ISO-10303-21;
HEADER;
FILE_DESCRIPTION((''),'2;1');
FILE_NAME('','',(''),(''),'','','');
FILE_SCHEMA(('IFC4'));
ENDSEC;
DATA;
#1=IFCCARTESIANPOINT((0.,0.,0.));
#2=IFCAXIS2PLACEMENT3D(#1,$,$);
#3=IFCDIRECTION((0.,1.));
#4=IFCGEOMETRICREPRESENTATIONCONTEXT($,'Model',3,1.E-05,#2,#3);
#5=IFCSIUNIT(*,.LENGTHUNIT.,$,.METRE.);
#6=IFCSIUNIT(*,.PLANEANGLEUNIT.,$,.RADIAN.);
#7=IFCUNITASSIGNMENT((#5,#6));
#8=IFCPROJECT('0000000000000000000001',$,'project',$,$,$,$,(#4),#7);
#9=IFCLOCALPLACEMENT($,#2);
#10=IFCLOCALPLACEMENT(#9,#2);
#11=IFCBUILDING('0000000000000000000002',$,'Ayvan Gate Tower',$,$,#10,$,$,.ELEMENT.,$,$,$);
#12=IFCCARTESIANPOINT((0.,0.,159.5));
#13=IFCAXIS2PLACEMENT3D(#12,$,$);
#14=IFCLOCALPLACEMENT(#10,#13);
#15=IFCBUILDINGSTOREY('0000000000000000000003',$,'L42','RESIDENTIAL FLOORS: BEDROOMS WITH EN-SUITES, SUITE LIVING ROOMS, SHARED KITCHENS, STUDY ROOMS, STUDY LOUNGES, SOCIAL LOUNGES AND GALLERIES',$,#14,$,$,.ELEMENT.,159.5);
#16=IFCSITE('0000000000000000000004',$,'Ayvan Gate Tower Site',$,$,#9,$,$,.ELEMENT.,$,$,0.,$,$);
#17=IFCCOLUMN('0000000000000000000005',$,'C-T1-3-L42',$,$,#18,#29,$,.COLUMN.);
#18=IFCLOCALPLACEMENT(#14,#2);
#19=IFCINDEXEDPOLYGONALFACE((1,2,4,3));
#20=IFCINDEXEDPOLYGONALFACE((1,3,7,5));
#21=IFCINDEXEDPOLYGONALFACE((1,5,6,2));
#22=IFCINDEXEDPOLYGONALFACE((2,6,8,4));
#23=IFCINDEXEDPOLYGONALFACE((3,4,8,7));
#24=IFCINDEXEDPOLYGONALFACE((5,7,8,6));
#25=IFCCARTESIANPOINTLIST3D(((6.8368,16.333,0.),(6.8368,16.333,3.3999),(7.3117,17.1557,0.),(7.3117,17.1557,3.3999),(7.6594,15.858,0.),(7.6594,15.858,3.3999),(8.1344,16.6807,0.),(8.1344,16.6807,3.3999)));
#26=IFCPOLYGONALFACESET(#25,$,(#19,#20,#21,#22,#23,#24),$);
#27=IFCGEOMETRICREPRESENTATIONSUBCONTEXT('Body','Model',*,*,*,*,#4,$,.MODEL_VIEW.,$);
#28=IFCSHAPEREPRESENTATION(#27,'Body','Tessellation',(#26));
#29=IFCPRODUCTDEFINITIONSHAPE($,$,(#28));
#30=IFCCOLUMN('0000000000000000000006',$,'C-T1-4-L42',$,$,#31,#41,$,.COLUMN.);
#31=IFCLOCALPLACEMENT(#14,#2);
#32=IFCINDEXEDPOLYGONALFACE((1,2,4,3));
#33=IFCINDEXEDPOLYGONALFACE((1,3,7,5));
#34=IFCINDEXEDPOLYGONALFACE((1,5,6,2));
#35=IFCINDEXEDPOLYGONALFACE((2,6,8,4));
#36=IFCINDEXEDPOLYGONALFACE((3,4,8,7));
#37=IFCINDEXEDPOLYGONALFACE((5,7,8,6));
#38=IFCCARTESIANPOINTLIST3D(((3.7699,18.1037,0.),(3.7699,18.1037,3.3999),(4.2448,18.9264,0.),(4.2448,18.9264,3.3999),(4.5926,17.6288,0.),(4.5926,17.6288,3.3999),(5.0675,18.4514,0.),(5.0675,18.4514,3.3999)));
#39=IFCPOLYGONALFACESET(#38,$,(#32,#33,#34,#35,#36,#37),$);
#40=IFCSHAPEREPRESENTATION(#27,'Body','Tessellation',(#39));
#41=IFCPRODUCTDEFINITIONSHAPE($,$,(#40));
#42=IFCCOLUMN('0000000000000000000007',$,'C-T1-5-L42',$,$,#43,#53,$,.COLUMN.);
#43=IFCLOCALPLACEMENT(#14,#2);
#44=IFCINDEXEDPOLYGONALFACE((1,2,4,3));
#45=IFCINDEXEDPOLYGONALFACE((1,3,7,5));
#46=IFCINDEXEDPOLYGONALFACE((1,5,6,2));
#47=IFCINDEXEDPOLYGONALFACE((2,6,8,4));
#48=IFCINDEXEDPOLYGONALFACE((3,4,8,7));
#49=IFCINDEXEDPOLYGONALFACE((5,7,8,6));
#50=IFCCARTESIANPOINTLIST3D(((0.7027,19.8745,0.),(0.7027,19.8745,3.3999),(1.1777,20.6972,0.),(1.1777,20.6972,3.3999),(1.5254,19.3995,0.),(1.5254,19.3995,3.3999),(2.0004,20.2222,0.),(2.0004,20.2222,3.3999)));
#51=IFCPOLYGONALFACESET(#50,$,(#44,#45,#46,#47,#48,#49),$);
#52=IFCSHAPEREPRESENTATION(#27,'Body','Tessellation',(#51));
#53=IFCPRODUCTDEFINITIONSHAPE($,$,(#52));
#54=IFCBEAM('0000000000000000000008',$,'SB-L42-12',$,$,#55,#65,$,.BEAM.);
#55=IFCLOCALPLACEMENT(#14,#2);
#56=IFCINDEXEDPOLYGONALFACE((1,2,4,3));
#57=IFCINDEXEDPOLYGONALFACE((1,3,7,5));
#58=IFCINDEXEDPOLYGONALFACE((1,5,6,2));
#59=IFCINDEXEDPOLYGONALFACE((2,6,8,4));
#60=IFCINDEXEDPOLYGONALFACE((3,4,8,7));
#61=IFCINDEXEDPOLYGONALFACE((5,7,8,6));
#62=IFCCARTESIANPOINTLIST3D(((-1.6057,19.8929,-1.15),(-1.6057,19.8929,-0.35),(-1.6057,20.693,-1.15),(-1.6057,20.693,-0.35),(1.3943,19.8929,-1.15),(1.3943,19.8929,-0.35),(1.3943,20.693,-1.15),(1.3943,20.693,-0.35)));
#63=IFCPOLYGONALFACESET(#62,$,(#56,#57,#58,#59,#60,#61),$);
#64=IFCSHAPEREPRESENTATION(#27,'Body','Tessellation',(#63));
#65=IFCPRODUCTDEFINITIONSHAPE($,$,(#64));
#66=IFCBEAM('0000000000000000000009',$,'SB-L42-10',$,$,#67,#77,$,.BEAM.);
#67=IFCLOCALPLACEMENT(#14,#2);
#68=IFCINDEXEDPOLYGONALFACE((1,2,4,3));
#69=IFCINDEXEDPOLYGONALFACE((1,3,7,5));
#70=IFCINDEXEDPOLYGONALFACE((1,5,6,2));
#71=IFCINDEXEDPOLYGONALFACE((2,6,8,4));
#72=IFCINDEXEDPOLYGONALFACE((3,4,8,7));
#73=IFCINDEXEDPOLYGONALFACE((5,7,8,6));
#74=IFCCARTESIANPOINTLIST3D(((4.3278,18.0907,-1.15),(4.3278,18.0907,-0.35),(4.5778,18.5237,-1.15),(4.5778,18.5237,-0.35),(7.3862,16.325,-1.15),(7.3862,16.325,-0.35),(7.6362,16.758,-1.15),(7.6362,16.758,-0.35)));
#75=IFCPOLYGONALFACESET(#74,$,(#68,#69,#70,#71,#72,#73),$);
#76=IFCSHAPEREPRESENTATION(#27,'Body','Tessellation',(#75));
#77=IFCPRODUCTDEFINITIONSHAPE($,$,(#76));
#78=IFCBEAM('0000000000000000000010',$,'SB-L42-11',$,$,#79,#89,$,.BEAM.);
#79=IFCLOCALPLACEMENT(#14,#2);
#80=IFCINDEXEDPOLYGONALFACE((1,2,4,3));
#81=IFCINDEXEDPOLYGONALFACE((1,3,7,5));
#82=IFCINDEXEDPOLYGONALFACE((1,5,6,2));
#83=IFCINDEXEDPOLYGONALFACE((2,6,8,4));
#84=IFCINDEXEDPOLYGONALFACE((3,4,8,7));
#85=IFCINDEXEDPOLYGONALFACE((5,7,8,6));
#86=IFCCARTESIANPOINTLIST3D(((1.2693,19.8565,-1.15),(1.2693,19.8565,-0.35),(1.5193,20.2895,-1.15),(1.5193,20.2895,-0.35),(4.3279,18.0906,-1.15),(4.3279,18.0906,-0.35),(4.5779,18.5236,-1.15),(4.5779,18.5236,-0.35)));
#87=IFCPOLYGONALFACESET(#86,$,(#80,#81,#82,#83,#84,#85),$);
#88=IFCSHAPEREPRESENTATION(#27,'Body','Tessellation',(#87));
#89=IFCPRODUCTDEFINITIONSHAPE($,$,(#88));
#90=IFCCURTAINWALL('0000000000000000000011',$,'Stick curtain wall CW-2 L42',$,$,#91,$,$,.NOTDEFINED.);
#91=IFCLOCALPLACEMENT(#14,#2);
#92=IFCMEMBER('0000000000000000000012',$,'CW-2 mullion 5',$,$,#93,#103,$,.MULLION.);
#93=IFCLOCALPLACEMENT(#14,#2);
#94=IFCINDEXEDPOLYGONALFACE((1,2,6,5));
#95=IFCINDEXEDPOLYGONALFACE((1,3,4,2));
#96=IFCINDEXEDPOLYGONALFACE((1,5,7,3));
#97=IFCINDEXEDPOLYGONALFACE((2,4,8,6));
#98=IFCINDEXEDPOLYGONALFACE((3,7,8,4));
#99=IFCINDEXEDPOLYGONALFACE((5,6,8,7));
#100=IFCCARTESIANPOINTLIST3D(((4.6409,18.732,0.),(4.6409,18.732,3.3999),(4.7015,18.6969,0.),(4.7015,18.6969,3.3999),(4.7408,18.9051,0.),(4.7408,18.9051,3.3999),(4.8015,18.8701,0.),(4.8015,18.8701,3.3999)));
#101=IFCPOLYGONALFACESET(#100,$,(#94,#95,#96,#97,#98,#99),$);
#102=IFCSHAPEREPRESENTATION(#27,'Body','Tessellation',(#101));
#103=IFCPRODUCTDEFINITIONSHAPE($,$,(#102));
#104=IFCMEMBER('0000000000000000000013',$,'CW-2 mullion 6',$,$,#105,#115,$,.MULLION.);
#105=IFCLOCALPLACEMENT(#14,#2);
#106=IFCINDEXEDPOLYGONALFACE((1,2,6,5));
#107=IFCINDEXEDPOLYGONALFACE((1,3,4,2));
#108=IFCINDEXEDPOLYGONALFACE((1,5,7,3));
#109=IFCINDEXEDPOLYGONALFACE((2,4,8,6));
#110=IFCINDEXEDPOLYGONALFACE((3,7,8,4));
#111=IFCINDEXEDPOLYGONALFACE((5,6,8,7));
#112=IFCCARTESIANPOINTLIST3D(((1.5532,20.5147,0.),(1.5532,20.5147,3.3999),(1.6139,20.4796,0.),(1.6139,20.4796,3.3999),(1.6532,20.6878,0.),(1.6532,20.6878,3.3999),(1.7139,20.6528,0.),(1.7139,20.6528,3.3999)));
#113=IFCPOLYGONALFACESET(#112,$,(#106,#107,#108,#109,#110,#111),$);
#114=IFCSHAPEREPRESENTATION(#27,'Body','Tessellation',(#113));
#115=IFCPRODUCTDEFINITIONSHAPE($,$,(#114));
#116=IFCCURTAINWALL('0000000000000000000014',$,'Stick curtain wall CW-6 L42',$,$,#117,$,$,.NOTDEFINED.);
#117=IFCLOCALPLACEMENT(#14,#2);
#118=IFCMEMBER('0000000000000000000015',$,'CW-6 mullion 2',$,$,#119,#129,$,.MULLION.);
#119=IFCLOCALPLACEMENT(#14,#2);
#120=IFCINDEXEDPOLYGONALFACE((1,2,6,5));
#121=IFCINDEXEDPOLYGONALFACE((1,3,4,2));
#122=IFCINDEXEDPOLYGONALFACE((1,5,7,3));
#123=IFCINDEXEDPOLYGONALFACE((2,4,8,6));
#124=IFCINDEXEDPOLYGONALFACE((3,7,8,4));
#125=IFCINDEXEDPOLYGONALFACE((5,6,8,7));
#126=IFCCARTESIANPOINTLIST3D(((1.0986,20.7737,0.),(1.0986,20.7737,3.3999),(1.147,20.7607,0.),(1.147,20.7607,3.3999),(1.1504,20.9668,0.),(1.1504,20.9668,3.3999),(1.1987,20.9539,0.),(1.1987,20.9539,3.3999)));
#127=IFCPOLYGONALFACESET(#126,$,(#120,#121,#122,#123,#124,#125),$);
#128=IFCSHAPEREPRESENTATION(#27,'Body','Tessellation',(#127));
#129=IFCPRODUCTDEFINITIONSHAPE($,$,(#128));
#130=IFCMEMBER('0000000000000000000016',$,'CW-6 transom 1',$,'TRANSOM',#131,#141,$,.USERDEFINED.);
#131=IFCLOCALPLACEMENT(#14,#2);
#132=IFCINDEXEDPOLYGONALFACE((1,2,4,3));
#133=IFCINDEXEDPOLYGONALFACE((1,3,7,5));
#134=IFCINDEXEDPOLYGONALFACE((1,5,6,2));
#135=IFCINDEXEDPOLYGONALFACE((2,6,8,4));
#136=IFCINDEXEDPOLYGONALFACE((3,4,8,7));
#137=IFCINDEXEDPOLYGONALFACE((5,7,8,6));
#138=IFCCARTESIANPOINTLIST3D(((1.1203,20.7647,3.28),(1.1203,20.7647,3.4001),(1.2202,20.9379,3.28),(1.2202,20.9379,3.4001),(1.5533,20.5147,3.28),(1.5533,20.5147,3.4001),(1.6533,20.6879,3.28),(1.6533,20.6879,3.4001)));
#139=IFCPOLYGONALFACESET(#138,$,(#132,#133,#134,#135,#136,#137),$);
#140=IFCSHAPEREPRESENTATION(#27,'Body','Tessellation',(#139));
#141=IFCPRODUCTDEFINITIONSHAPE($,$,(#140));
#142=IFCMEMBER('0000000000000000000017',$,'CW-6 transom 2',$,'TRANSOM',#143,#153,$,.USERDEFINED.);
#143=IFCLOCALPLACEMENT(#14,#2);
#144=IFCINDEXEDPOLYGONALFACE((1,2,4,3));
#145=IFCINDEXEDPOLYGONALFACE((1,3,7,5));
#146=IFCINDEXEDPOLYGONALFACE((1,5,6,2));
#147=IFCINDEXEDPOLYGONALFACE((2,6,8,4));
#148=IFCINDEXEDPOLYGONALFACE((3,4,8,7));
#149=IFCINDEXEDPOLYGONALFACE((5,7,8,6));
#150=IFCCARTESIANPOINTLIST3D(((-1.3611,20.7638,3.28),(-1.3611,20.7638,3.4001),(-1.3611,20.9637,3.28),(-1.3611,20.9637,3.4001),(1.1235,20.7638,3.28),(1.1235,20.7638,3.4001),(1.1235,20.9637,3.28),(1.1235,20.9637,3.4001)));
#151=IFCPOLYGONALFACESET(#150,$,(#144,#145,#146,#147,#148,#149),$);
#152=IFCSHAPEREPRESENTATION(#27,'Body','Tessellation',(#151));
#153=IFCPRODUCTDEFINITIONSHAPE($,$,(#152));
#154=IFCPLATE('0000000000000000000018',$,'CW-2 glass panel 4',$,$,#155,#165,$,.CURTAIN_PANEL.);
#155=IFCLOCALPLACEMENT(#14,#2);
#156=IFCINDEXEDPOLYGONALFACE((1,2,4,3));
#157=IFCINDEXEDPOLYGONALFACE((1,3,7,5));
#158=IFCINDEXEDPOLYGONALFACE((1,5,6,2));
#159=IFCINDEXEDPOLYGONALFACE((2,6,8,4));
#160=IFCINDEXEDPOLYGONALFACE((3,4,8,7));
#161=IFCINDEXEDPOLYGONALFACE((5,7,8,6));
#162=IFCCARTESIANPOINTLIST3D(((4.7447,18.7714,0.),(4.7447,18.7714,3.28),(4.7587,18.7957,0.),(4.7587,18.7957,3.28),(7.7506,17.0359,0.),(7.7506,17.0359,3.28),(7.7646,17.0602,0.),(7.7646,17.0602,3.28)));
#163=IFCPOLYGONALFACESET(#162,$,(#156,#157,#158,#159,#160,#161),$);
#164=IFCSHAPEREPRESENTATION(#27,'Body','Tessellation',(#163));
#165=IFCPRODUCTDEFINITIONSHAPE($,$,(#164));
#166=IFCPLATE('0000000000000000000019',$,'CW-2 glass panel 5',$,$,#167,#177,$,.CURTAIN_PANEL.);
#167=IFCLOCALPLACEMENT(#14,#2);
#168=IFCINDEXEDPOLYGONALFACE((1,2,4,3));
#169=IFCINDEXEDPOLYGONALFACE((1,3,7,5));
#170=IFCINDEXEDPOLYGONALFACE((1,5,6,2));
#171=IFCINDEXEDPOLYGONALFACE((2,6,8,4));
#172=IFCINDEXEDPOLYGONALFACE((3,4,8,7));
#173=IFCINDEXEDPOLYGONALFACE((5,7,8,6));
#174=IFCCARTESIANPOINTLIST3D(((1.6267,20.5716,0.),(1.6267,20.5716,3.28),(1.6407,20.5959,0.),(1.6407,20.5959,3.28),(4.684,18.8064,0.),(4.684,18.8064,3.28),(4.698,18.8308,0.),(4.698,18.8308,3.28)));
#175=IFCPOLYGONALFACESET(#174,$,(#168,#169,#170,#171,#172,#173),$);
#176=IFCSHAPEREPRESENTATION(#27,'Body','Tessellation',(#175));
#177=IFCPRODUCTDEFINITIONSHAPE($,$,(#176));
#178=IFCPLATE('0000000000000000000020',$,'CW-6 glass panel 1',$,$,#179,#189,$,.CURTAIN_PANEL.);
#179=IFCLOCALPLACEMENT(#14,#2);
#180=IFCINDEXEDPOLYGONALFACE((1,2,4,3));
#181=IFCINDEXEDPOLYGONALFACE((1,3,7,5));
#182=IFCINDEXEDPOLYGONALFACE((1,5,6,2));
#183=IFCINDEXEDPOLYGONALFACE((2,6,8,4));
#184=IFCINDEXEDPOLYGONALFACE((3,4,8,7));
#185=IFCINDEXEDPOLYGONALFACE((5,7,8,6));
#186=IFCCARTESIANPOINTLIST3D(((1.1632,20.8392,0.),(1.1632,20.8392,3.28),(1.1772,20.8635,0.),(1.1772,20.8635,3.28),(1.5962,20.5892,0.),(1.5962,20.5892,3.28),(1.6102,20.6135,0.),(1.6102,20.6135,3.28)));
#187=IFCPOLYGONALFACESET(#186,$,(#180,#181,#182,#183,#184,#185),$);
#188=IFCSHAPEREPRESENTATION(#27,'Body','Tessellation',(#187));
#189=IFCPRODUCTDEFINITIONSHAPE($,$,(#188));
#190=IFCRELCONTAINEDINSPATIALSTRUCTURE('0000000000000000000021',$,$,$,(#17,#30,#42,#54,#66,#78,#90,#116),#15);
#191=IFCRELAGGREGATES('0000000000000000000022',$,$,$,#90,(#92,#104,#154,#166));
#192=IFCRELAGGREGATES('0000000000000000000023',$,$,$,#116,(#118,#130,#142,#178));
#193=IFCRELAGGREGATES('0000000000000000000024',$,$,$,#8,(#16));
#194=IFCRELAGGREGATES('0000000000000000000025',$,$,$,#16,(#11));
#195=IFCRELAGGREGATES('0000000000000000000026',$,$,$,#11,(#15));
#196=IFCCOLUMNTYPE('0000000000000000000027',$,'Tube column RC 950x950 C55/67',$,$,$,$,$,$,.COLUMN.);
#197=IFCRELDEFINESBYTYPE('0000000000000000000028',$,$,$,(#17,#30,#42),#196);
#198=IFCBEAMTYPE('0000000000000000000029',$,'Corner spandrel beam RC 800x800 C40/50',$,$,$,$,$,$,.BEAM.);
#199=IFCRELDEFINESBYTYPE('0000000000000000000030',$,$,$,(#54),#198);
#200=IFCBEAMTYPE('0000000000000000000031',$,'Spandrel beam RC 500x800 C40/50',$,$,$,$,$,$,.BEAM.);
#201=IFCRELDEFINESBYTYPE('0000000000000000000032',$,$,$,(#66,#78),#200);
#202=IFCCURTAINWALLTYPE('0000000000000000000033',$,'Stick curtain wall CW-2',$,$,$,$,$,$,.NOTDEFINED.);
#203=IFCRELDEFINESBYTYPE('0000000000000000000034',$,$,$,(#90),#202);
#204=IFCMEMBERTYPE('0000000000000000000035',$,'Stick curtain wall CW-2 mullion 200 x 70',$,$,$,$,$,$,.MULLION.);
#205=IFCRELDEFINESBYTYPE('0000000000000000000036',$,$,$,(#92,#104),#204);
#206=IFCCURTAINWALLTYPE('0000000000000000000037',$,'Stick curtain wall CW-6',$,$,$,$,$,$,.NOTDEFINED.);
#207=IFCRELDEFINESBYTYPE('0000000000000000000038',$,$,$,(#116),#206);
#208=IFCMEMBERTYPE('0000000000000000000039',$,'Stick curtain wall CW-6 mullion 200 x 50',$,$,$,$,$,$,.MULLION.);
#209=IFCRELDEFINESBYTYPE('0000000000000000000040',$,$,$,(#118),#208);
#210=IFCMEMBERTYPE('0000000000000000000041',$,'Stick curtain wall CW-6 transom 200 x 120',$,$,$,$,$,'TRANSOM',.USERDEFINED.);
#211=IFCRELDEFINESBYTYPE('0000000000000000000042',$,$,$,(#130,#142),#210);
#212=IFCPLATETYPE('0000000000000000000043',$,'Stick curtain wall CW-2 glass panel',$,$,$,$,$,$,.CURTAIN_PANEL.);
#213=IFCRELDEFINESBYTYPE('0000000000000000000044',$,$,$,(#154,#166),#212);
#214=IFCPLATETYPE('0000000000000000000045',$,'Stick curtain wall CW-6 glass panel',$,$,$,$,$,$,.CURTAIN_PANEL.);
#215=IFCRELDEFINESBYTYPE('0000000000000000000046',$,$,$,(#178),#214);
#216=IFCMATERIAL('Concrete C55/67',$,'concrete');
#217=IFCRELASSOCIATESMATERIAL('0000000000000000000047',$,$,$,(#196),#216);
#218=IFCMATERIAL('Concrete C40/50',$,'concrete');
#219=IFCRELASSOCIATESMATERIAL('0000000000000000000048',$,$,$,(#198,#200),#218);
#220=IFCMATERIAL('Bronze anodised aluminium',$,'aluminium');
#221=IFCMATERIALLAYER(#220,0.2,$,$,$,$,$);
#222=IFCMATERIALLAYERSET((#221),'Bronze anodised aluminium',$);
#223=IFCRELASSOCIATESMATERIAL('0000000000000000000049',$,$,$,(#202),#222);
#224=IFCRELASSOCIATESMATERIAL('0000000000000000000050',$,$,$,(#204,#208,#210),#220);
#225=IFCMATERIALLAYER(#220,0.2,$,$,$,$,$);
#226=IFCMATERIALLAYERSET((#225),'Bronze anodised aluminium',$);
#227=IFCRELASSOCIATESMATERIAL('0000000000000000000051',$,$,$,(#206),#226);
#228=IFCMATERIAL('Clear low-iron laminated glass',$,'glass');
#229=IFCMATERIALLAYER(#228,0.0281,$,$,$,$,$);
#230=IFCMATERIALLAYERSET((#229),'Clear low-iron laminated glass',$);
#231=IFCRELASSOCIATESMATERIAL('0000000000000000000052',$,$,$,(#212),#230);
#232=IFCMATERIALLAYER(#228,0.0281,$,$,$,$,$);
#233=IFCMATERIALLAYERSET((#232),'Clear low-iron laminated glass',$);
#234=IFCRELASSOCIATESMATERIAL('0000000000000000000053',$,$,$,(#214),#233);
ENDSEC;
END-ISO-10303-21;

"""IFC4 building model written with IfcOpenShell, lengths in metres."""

from ifc_helpers import new_model, si_unit, direction, frame, origin, origin_2d, place, context, subcontext, project, spatial, rectangle, extrude, material, layer, layer_set, material_profile, profile_set, type_object, element, aggregate, save


model = new_model("IFC4")

# Units and contexts
model_context = context("Model", 3, precision=1e-05, world=origin(), true_north=direction((0.0, 1.0)))
body_context = subcontext(model_context, "Body", "Model", "MODEL_VIEW")
ifc_project = project(units=[si_unit("LENGTHUNIT", "METRE"), si_unit("PLANEANGLEUNIT", "RADIAN")], contexts=[model_context])

# Site, building, storey
site_placement = place(None, origin())
site = spatial("IfcSite", under=ifc_project, at=site_placement, Name="Ayvan Gate Tower Site", CompositionType="ELEMENT", RefElevation=0.0)
building_placement = place(site_placement, origin())
building = spatial("IfcBuilding", under=site, at=building_placement, Name="Ayvan Gate Tower", CompositionType="ELEMENT")
storey_placement = place(building_placement, frame((0.0, 0.0, 159.5)))
storey = spatial("IfcBuildingStorey", under=building, at=storey_placement, Name="L42", Description="RESIDENTIAL FLOORS: BEDROOMS WITH EN-SUITES, SUITE LIVING ROOMS, SHARED KITCHENS, STUDY ROOMS, STUDY LOUNGES, SOCIAL LOUNGES AND GALLERIES", CompositionType="ELEMENT", Elevation=159.5)

# Columns
ifc_material_1 = material(Name="Concrete C55/67", Category="concrete")
ifc_material_profile_1 = material_profile(ifc_material_1, rectangle(XDim=0.95, YDim=0.95, at=origin_2d()), Name="RC 950x950")
ifc_profile_set_1 = profile_set([ifc_material_profile_1], Name="Concrete C55/67")
column_type = type_object("IfcColumnType", Name="Tube column RC 950x950 C55/67", PredefinedType="COLUMN", material=ifc_profile_set_1)
for number, where, z_axis, x_axis, name in (
    (1, (7.4856, 16.5068, 0.0), (0.0, 0.0, 1.0), (0.5, 0.866025, 0.0), "C-T1-3-L42"),
    (2, (4.4187, 18.2776, 0.0), (0.0, 0.0, 1.0), (0.5, 0.866025, 0.0), "C-T1-4-L42"),
    (3, (1.3516, 20.0483, 0.0), (0.0, 0.0, 1.0), (0.5, 0.866025, 0.0), "C-T1-5-L42"),
):
    element("IfcColumn", number, at=place(storey_placement, frame(where, z_axis=z_axis, x_axis=x_axis)), inside=storey, type_object=column_type, Name=name, PredefinedType="COLUMN", context=body_context, shape_type="SweptSolid", body=[
        extrude(rectangle(XDim=0.95, YDim=0.95, at=origin_2d()), origin(), (0.0, 0.0, 1.0), 3.3999),
    ])

# Beams
ifc_material_2 = material(Name="Concrete C40/50", Category="concrete")
ifc_material_profile_2 = material_profile(ifc_material_2, rectangle(XDim=0.8, YDim=0.8, at=origin_2d()), Name="RC 800x800")
ifc_profile_set_2 = profile_set([ifc_material_profile_2], Name="Concrete C40/50")
beam_type_1 = type_object("IfcBeamType", Name="Corner spandrel beam RC 800x800 C40/50", PredefinedType="BEAM", material=ifc_profile_set_2)
beam_1_placement = place(storey_placement, frame((1.3943, 20.293, -0.75), z_axis=(-1.0, 0.0, 0.0), x_axis=(0.0, -1.0, 0.0)))
element("IfcBeam", 4, at=beam_1_placement, inside=storey, type_object=beam_type_1, Name="SB-L42-12", PredefinedType="BEAM", context=body_context, shape_type="SweptSolid", body=[
    extrude(rectangle(XDim=0.8, YDim=0.8, at=origin_2d()), origin(), (0.0, 0.0, 1.0), 3.0),
])
ifc_material_profile_3 = material_profile(ifc_material_2, rectangle(XDim=0.5, YDim=0.8, at=origin_2d()), Name="RC 500x800")
ifc_profile_set_3 = profile_set([ifc_material_profile_3], Name="Concrete C40/50")
beam_type_2 = type_object("IfcBeamType", Name="Spandrel beam RC 500x800 C40/50", PredefinedType="BEAM", material=ifc_profile_set_3)
beam_2_placement = place(storey_placement, frame((7.5112, 16.5415, -0.75), z_axis=(-0.866039, 0.499976, 0.0), x_axis=(-0.499976, -0.866039, 0.0)))
element("IfcBeam", 5, at=beam_2_placement, inside=storey, type_object=beam_type_2, Name="SB-L42-10", PredefinedType="BEAM", context=body_context, shape_type="SweptSolid", body=[
    extrude(rectangle(XDim=0.5, YDim=0.8, at=origin_2d()), origin(), (0.0, 0.0, 1.0), 3.5315),
])
beam_3_placement = place(storey_placement, frame((4.4529, 18.3071, -0.75), z_axis=(-0.866027, 0.499998, 0.0), x_axis=(-0.499998, -0.866027, 0.0)))
element("IfcBeam", 6, at=beam_3_placement, inside=storey, type_object=beam_type_2, Name="SB-L42-11", PredefinedType="BEAM", context=body_context, shape_type="SweptSolid", body=[
    extrude(rectangle(XDim=0.5, YDim=0.8, at=origin_2d()), origin(), (0.0, 0.0, 1.0), 3.5317),
])

# Curtain walls, members
ifc_material_3 = material(Name="Bronze anodised aluminium", Category="aluminium")
ifc_layer_1 = layer(ifc_material_3, 0.2)
ifc_layer_set_1 = layer_set([ifc_layer_1], Name="Bronze anodised aluminium")
curtain_wall_type_1 = type_object("IfcCurtainWallType", Name="Stick curtain wall CW-2", PredefinedType="NOTDEFINED", material=ifc_layer_set_1)
curtain_wall_1_placement = place(storey_placement, origin())
curtain_wall_1 = element("IfcCurtainWall", 7, at=curtain_wall_1_placement, inside=storey, type_object=curtain_wall_type_1, Name="Stick curtain wall CW-2 L42", PredefinedType="NOTDEFINED")
ifc_material_profile_4 = material_profile(ifc_material_3, rectangle(XDim=0.2, YDim=0.0701, at=origin_2d()), Name="Stick curtain wall CW-2 mullion 200 x 70")
ifc_profile_set_4 = profile_set([ifc_material_profile_4], Name="Bronze anodised aluminium")
member_type_1 = type_object("IfcMemberType", Name="Stick curtain wall CW-2 mullion 200 x 70", PredefinedType="MULLION", material=ifc_profile_set_4)
member_1_placement = place(storey_placement, frame((4.7212, 18.801, 0.0), z_axis=(0.0, 0.0, 1.0), x_axis=(0.5, 0.866025, 0.0)))
member_1 = element("IfcMember", 8, at=member_1_placement, type_object=member_type_1, Name="CW-2 mullion 5", PredefinedType="MULLION", context=body_context, shape_type="SweptSolid", body=[
    extrude(rectangle(XDim=0.2, YDim=0.0701, at=origin_2d()), origin(), (0.0, 0.0, 1.0), 3.3999),
])
member_2_placement = place(storey_placement, frame((1.6335, 20.5837, 0.0), z_axis=(0.0, 0.0, 1.0), x_axis=(0.5, 0.866025, 0.0)))
member_2 = element("IfcMember", 9, at=member_2_placement, type_object=member_type_1, Name="CW-2 mullion 6", PredefinedType="MULLION", context=body_context, shape_type="SweptSolid", body=[
    extrude(rectangle(XDim=0.2, YDim=0.0701, at=origin_2d()), origin(), (0.0, 0.0, 1.0), 3.3999),
])
ifc_layer_2 = layer(ifc_material_3, 0.2)
ifc_layer_set_2 = layer_set([ifc_layer_2], Name="Bronze anodised aluminium")
curtain_wall_type_2 = type_object("IfcCurtainWallType", Name="Stick curtain wall CW-6", PredefinedType="NOTDEFINED", material=ifc_layer_set_2)
curtain_wall_2_placement = place(storey_placement, origin())
curtain_wall_2 = element("IfcCurtainWall", 10, at=curtain_wall_2_placement, inside=storey, type_object=curtain_wall_type_2, Name="Stick curtain wall CW-6 L42", PredefinedType="NOTDEFINED")
ifc_material_profile_5 = material_profile(ifc_material_3, rectangle(XDim=0.2, YDim=0.05, at=origin_2d()), Name="Stick curtain wall CW-6 mullion 200 x 50")
ifc_profile_set_5 = profile_set([ifc_material_profile_5], Name="Bronze anodised aluminium")
member_type_2 = type_object("IfcMemberType", Name="Stick curtain wall CW-6 mullion 200 x 50", PredefinedType="MULLION", material=ifc_profile_set_5)
member_3_placement = place(storey_placement, frame((1.1487, 20.8638, 0.0), z_axis=(0.0, 0.0, 1.0), x_axis=(0.258819, 0.965926, 0.0)))
member_3 = element("IfcMember", 11, at=member_3_placement, type_object=member_type_2, Name="CW-6 mullion 2", PredefinedType="MULLION", context=body_context, shape_type="SweptSolid", body=[
    extrude(rectangle(XDim=0.2, YDim=0.05, at=origin_2d()), origin(), (0.0, 0.0, 1.0), 3.3999),
])
ifc_material_profile_6 = material_profile(ifc_material_3, rectangle(XDim=0.2, YDim=0.1201, at=origin_2d()), Name="Stick curtain wall CW-6 transom 200 x 120")
ifc_profile_set_6 = profile_set([ifc_material_profile_6], Name="Bronze anodised aluminium")
member_type_3 = type_object("IfcMemberType", Name="Stick curtain wall CW-6 transom 200 x 120", ElementType="TRANSOM", PredefinedType="USERDEFINED", material=ifc_profile_set_6)
member_4_placement = place(storey_placement, frame((1.6033, 20.6013, 3.3401), z_axis=(-0.866072, 0.49992, 0.0), x_axis=(-0.49992, -0.866072, 0.0)))
member_4 = element("IfcMember", 12, at=member_4_placement, type_object=member_type_3, Name="CW-6 transom 1", ObjectType="TRANSOM", PredefinedType="USERDEFINED", context=body_context, shape_type="SweptSolid", body=[
    extrude(rectangle(XDim=0.2, YDim=0.1201, at=origin_2d()), origin(), (0.0, 0.0, 1.0), 0.5),
])
member_5_placement = place(storey_placement, frame((1.1235, 20.8638, 3.3401), z_axis=(-1.0, 0.0, 0.0), x_axis=(0.0, -1.0, 0.0)))
member_5 = element("IfcMember", 13, at=member_5_placement, type_object=member_type_3, Name="CW-6 transom 2", ObjectType="TRANSOM", PredefinedType="USERDEFINED", context=body_context, shape_type="SweptSolid", body=[
    extrude(rectangle(XDim=0.2, YDim=0.1201, at=origin_2d()), origin(), (0.0, 0.0, 1.0), 2.4846),
])

# Plates
ifc_material_4 = material(Name="Clear low-iron laminated glass", Category="glass")
ifc_layer_3 = layer(ifc_material_4, 0.0281)
ifc_layer_set_3 = layer_set([ifc_layer_3], Name="Clear low-iron laminated glass")
plate_type_1 = type_object("IfcPlateType", Name="Stick curtain wall CW-2 glass panel", PredefinedType="CURTAIN_PANEL", material=ifc_layer_set_3)
plate_1_placement = place(storey_placement, frame((6.2546, 17.9158, 0.0), z_axis=(0.0, 0.0, 1.0), x_axis=(-0.866025, 0.5, 0.0)))
plate_1 = element("IfcPlate", 14, at=plate_1_placement, type_object=plate_type_1, Name="CW-2 glass panel 4", PredefinedType="CURTAIN_PANEL", context=body_context, shape_type="SweptSolid", body=[
    extrude(rectangle(XDim=3.4709, YDim=0.0281, at=origin_2d()), origin(), (0.0, 0.0, 1.0), 3.28),
])
plate_2_placement = place(storey_placement, frame((3.1624, 19.7012, 0.0), z_axis=(0.0, 0.0, 1.0), x_axis=(-0.866025, 0.5, 0.0)))
plate_2 = element("IfcPlate", 15, at=plate_2_placement, type_object=plate_type_1, Name="CW-2 glass panel 5", PredefinedType="CURTAIN_PANEL", context=body_context, shape_type="SweptSolid", body=[
    extrude(rectangle(XDim=3.5303, YDim=0.0281, at=origin_2d()), origin(), (0.0, 0.0, 1.0), 3.28),
])
aggregate(curtain_wall_1, [member_1, member_2, plate_1, plate_2])
ifc_layer_4 = layer(ifc_material_4, 0.0281)
ifc_layer_set_4 = layer_set([ifc_layer_4], Name="Clear low-iron laminated glass")
plate_type_2 = type_object("IfcPlateType", Name="Stick curtain wall CW-6 glass panel", PredefinedType="CURTAIN_PANEL", material=ifc_layer_set_4)
plate_3_placement = place(storey_placement, frame((1.3867, 20.7263, 0.0), z_axis=(0.0, 0.0, 1.0), x_axis=(-0.866025, 0.5, 0.0)))
plate_3 = element("IfcPlate", 16, at=plate_3_placement, type_object=plate_type_2, Name="CW-6 glass panel 1", PredefinedType="CURTAIN_PANEL", context=body_context, shape_type="SweptSolid", body=[
    extrude(rectangle(XDim=0.5, YDim=0.0281, at=origin_2d()), origin(), (0.0, 0.0, 1.0), 3.28),
])
aggregate(curtain_wall_2, [member_3, member_4, member_5, plate_3])

save(model, "model.ifc")
